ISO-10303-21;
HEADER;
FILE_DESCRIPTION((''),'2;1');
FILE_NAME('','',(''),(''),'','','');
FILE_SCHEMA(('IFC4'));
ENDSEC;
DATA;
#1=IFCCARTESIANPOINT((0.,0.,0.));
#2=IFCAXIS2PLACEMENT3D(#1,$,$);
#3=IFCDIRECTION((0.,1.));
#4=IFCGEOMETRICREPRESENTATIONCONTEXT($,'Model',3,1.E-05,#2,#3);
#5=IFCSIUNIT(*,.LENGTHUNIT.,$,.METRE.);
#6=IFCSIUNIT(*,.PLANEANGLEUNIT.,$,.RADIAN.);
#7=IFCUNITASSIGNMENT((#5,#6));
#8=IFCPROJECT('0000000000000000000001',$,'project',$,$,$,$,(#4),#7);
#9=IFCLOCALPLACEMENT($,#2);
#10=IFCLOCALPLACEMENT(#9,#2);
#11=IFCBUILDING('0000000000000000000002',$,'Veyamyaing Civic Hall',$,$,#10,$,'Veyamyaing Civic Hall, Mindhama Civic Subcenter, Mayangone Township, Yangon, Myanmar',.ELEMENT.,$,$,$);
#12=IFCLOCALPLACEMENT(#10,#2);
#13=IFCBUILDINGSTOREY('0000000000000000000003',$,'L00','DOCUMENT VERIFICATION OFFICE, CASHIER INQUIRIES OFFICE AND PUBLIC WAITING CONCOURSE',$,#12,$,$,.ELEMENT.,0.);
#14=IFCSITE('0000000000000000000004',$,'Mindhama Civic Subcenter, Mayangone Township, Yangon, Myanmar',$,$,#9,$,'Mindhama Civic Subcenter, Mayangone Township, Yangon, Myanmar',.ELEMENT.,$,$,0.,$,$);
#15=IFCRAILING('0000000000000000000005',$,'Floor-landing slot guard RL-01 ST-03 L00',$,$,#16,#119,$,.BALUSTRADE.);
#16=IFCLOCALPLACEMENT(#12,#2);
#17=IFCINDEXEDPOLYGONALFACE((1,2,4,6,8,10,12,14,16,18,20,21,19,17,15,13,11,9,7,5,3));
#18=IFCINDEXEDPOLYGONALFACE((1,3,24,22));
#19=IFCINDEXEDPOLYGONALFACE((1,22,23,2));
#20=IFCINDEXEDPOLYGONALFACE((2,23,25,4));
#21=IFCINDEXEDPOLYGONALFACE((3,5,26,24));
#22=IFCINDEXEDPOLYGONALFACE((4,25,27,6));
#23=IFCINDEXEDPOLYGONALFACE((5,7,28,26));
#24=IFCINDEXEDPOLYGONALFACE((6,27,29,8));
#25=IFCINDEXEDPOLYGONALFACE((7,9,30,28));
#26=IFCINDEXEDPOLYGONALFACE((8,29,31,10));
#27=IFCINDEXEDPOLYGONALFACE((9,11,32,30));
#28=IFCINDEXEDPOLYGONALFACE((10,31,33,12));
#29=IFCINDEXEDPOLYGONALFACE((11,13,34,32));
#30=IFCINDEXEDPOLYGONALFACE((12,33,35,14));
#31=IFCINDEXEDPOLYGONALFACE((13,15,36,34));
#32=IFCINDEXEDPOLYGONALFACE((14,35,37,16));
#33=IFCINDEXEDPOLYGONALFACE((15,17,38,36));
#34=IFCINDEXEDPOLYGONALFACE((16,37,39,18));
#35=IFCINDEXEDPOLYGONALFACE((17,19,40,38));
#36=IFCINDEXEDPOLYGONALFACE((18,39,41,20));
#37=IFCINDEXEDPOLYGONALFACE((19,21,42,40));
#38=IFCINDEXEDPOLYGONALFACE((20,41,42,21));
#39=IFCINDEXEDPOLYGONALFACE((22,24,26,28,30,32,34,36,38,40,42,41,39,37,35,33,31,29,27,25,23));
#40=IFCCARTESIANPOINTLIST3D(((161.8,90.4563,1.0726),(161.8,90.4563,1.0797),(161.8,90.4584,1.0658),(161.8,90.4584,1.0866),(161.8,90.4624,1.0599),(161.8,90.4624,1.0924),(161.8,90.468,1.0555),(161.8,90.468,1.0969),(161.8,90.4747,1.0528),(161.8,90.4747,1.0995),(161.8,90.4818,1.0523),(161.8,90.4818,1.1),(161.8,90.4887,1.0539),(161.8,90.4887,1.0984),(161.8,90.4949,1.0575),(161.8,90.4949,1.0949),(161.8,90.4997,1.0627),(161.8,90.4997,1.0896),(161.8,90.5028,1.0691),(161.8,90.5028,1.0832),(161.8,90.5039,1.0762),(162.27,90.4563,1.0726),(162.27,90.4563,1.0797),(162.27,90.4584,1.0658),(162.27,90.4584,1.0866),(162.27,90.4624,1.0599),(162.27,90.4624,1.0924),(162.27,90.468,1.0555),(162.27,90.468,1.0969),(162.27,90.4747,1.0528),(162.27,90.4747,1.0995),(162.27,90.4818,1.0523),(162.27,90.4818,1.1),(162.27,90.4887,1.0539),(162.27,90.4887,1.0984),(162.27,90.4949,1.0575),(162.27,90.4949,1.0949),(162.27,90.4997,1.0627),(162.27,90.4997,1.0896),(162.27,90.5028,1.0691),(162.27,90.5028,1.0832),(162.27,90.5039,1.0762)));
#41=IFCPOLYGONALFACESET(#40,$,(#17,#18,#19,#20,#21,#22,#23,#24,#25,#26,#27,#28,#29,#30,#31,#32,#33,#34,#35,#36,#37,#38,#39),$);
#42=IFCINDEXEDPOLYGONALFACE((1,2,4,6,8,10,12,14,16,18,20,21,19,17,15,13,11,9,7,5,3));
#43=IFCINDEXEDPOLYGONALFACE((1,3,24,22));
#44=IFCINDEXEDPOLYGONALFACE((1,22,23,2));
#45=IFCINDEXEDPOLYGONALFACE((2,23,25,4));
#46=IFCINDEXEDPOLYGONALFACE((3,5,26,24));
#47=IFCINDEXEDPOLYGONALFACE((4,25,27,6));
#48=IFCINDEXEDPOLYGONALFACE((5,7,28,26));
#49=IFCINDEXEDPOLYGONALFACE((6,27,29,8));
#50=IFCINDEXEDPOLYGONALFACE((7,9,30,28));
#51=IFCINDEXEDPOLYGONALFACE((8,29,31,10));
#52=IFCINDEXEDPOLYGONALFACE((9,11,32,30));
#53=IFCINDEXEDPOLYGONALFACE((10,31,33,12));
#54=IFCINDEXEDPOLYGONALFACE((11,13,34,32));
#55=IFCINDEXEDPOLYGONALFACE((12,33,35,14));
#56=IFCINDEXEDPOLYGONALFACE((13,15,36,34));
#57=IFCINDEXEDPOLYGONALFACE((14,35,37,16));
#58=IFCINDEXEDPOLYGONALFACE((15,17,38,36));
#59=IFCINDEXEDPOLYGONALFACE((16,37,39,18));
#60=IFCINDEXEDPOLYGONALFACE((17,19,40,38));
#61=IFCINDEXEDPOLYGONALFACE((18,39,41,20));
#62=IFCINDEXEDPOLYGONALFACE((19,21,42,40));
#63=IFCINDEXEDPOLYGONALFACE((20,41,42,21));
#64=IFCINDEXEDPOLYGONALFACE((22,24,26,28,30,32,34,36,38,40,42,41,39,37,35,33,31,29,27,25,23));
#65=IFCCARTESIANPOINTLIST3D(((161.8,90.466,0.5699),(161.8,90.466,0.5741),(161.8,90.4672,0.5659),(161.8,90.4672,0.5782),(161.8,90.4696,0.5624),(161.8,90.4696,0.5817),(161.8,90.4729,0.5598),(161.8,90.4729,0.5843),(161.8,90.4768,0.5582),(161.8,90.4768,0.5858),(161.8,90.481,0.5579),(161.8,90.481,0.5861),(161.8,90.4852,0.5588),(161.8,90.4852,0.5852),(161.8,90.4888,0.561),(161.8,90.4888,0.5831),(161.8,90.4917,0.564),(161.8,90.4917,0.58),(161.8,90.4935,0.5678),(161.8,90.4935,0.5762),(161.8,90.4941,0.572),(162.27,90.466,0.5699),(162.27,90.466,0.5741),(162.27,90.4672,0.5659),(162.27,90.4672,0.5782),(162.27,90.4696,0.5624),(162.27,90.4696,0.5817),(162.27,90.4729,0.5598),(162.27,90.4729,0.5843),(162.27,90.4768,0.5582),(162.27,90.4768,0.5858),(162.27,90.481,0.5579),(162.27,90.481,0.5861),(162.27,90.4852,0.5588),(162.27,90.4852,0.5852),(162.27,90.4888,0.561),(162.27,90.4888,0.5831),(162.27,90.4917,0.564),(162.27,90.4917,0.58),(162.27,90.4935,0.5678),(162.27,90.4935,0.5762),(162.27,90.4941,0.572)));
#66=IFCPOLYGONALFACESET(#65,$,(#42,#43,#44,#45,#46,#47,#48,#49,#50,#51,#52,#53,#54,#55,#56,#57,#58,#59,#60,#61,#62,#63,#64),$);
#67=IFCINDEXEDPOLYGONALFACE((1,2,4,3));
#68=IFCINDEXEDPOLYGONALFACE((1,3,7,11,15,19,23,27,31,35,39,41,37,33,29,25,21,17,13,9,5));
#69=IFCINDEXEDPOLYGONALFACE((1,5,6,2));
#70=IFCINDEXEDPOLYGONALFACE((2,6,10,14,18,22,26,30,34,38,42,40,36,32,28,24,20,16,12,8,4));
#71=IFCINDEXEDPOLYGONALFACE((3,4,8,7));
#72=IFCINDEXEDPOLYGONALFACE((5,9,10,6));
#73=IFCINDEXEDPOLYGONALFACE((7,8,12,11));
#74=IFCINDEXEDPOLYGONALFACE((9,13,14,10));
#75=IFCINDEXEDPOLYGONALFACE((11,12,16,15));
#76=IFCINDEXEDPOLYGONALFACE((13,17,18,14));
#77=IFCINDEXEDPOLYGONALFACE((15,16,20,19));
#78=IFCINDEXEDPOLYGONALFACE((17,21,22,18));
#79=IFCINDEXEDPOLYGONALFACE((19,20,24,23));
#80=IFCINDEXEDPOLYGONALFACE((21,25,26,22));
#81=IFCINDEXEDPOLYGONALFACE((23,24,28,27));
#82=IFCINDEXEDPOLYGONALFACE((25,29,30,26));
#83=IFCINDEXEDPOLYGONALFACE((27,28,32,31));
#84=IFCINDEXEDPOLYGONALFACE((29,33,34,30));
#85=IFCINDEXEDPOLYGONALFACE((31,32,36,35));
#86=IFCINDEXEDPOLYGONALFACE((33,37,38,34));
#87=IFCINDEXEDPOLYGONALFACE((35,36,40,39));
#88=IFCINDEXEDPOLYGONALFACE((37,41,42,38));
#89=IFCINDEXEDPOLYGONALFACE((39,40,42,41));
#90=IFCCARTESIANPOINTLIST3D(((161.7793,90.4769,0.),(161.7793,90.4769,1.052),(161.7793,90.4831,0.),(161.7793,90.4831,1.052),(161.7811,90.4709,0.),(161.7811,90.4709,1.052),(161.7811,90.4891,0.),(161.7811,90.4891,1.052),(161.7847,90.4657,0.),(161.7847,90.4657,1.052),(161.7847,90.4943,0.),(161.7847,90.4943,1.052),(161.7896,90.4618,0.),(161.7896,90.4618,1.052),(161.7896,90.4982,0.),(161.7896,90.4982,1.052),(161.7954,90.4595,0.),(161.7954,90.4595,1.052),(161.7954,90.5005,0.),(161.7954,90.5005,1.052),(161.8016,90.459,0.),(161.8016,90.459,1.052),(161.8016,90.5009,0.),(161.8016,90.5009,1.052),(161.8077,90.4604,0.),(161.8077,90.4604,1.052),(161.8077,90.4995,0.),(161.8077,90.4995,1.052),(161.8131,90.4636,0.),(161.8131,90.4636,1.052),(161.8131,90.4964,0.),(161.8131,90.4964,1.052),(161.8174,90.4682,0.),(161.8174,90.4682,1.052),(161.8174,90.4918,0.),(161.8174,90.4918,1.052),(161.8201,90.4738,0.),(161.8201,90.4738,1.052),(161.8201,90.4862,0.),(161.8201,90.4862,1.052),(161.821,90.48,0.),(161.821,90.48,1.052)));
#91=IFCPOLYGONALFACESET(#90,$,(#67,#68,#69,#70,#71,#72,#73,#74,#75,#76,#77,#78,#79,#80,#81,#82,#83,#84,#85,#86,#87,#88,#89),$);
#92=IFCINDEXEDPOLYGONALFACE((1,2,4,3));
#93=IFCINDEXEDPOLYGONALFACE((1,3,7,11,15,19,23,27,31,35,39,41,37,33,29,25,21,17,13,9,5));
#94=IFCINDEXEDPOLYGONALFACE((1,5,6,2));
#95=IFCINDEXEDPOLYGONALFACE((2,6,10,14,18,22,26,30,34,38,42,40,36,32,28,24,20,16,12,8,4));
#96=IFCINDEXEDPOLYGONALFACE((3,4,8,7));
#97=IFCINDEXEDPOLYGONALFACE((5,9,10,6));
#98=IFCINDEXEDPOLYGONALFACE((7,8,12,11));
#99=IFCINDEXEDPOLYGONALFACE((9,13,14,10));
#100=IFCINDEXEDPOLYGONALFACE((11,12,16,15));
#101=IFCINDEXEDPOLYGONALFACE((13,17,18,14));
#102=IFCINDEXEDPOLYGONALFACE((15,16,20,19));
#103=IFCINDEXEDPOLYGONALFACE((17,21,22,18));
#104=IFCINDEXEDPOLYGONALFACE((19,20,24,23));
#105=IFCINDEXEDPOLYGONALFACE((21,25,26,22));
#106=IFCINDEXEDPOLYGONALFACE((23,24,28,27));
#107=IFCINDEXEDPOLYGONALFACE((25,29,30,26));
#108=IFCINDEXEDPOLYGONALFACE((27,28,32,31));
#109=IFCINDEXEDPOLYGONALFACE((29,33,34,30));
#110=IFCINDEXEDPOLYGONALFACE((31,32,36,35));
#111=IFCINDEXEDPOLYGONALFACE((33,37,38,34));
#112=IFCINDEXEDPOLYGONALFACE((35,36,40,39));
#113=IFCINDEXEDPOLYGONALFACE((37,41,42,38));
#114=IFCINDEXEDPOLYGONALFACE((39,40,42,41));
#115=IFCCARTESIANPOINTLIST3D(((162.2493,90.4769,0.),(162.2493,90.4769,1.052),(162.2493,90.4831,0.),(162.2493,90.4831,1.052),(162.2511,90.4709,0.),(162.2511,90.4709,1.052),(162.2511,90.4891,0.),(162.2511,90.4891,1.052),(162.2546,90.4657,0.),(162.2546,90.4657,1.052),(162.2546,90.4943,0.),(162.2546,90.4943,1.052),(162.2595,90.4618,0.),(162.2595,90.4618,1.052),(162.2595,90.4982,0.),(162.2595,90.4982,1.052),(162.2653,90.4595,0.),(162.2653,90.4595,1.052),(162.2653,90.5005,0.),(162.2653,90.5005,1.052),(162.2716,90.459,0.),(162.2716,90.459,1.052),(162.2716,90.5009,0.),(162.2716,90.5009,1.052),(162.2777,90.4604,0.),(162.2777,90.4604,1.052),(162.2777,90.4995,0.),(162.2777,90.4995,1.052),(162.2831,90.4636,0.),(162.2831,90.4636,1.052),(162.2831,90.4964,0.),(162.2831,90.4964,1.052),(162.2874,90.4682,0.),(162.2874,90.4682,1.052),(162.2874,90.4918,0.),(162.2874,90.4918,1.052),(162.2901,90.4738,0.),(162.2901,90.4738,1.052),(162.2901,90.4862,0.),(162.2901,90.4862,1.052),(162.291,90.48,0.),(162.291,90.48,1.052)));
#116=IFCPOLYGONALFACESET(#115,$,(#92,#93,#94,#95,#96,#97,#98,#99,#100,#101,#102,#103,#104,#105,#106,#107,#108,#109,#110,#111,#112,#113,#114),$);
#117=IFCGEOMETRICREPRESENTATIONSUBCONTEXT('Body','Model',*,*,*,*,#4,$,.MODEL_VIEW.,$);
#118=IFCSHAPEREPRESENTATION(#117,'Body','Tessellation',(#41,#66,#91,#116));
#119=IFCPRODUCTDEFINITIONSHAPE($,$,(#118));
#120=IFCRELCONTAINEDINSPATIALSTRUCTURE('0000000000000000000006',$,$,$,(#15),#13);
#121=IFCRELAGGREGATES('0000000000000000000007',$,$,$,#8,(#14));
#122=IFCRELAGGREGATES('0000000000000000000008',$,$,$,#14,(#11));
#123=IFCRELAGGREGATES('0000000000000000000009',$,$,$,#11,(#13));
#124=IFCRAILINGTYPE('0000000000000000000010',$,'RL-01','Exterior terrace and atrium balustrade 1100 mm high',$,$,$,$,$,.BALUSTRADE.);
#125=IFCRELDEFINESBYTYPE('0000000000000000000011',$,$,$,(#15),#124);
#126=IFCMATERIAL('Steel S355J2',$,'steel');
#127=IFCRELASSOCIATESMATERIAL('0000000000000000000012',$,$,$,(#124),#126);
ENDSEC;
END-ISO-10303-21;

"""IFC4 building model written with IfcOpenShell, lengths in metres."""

from ifc_helpers import new_model, si_unit, direction, frame, origin, origin_2d, place, context, subcontext, project, spatial, circle, extrude, material, type_object, element, save


model = new_model("IFC4")

# Units and contexts
model_context = context("Model", 3, precision=1e-05, world=origin(), true_north=direction((0.0, 1.0)))
body_context = subcontext(model_context, "Body", "Model", "MODEL_VIEW")
ifc_project = project(units=[si_unit("LENGTHUNIT", "METRE"), si_unit("PLANEANGLEUNIT", "RADIAN")], contexts=[model_context])

# Site, building, storey
site_placement = place(None, origin())
site = spatial("IfcSite", under=ifc_project, at=site_placement, Name="Mindhama Civic Subcenter, Mayangone Township, Yangon, Myanmar", LongName="Mindhama Civic Subcenter, Mayangone Township, Yangon, Myanmar", CompositionType="ELEMENT", RefElevation=0.0)
building_placement = place(site_placement, origin())
building = spatial("IfcBuilding", under=site, at=building_placement, Name="Veyamyaing Civic Hall", LongName="Veyamyaing Civic Hall, Mindhama Civic Subcenter, Mayangone Township, Yangon, Myanmar", CompositionType="ELEMENT")
storey_placement = place(building_placement, origin())
storey = spatial("IfcBuildingStorey", under=building, at=storey_placement, Name="L00", Description="DOCUMENT VERIFICATION OFFICE, CASHIER INQUIRIES OFFICE AND PUBLIC WAITING CONCOURSE", CompositionType="ELEMENT", Elevation=0.0)

# Railing
ifc_material_1 = material(Name="Steel S355J2", Category="steel")
railing_type_1 = type_object("IfcRailingType", Name="RL-01", Description="Exterior terrace and atrium balustrade 1100 mm high", PredefinedType="BALUSTRADE", material=ifc_material_1)
railing_1_placement = place(storey_placement, frame((161.8, 90.48, 0.0)))
element("IfcRailing", 1, at=railing_1_placement, inside=storey, type_object=railing_type_1, Name="Floor-landing slot guard RL-01 ST-03 L00", PredefinedType="BALUSTRADE", context=body_context, shape_type="SweptSolid", body=[
    extrude(circle(Radius=0.0239, at=origin_2d()), frame((0.0, 0.0, 1.0762), z_axis=(1.0, 0.0, 0.0), x_axis=(0.0, 1.0, 0.0)), (0.0, 0.0, 1.0), 0.47),
    extrude(circle(Radius=0.0142, at=origin_2d()), frame((0.0, 0.0, 0.572), z_axis=(1.0, 0.0, 0.0), x_axis=(0.0, 1.0, 0.0)), (0.0, 0.0, 1.0), 0.47),
    extrude(circle(Radius=0.021, at=origin_2d()), origin(), (0.0, 0.0, 1.0), 1.052),
    extrude(circle(Radius=0.021, at=origin_2d()), frame((0.47, 0.0, 0.0)), (0.0, 0.0, 1.0), 1.052),
])

save(model, "model.ifc")
